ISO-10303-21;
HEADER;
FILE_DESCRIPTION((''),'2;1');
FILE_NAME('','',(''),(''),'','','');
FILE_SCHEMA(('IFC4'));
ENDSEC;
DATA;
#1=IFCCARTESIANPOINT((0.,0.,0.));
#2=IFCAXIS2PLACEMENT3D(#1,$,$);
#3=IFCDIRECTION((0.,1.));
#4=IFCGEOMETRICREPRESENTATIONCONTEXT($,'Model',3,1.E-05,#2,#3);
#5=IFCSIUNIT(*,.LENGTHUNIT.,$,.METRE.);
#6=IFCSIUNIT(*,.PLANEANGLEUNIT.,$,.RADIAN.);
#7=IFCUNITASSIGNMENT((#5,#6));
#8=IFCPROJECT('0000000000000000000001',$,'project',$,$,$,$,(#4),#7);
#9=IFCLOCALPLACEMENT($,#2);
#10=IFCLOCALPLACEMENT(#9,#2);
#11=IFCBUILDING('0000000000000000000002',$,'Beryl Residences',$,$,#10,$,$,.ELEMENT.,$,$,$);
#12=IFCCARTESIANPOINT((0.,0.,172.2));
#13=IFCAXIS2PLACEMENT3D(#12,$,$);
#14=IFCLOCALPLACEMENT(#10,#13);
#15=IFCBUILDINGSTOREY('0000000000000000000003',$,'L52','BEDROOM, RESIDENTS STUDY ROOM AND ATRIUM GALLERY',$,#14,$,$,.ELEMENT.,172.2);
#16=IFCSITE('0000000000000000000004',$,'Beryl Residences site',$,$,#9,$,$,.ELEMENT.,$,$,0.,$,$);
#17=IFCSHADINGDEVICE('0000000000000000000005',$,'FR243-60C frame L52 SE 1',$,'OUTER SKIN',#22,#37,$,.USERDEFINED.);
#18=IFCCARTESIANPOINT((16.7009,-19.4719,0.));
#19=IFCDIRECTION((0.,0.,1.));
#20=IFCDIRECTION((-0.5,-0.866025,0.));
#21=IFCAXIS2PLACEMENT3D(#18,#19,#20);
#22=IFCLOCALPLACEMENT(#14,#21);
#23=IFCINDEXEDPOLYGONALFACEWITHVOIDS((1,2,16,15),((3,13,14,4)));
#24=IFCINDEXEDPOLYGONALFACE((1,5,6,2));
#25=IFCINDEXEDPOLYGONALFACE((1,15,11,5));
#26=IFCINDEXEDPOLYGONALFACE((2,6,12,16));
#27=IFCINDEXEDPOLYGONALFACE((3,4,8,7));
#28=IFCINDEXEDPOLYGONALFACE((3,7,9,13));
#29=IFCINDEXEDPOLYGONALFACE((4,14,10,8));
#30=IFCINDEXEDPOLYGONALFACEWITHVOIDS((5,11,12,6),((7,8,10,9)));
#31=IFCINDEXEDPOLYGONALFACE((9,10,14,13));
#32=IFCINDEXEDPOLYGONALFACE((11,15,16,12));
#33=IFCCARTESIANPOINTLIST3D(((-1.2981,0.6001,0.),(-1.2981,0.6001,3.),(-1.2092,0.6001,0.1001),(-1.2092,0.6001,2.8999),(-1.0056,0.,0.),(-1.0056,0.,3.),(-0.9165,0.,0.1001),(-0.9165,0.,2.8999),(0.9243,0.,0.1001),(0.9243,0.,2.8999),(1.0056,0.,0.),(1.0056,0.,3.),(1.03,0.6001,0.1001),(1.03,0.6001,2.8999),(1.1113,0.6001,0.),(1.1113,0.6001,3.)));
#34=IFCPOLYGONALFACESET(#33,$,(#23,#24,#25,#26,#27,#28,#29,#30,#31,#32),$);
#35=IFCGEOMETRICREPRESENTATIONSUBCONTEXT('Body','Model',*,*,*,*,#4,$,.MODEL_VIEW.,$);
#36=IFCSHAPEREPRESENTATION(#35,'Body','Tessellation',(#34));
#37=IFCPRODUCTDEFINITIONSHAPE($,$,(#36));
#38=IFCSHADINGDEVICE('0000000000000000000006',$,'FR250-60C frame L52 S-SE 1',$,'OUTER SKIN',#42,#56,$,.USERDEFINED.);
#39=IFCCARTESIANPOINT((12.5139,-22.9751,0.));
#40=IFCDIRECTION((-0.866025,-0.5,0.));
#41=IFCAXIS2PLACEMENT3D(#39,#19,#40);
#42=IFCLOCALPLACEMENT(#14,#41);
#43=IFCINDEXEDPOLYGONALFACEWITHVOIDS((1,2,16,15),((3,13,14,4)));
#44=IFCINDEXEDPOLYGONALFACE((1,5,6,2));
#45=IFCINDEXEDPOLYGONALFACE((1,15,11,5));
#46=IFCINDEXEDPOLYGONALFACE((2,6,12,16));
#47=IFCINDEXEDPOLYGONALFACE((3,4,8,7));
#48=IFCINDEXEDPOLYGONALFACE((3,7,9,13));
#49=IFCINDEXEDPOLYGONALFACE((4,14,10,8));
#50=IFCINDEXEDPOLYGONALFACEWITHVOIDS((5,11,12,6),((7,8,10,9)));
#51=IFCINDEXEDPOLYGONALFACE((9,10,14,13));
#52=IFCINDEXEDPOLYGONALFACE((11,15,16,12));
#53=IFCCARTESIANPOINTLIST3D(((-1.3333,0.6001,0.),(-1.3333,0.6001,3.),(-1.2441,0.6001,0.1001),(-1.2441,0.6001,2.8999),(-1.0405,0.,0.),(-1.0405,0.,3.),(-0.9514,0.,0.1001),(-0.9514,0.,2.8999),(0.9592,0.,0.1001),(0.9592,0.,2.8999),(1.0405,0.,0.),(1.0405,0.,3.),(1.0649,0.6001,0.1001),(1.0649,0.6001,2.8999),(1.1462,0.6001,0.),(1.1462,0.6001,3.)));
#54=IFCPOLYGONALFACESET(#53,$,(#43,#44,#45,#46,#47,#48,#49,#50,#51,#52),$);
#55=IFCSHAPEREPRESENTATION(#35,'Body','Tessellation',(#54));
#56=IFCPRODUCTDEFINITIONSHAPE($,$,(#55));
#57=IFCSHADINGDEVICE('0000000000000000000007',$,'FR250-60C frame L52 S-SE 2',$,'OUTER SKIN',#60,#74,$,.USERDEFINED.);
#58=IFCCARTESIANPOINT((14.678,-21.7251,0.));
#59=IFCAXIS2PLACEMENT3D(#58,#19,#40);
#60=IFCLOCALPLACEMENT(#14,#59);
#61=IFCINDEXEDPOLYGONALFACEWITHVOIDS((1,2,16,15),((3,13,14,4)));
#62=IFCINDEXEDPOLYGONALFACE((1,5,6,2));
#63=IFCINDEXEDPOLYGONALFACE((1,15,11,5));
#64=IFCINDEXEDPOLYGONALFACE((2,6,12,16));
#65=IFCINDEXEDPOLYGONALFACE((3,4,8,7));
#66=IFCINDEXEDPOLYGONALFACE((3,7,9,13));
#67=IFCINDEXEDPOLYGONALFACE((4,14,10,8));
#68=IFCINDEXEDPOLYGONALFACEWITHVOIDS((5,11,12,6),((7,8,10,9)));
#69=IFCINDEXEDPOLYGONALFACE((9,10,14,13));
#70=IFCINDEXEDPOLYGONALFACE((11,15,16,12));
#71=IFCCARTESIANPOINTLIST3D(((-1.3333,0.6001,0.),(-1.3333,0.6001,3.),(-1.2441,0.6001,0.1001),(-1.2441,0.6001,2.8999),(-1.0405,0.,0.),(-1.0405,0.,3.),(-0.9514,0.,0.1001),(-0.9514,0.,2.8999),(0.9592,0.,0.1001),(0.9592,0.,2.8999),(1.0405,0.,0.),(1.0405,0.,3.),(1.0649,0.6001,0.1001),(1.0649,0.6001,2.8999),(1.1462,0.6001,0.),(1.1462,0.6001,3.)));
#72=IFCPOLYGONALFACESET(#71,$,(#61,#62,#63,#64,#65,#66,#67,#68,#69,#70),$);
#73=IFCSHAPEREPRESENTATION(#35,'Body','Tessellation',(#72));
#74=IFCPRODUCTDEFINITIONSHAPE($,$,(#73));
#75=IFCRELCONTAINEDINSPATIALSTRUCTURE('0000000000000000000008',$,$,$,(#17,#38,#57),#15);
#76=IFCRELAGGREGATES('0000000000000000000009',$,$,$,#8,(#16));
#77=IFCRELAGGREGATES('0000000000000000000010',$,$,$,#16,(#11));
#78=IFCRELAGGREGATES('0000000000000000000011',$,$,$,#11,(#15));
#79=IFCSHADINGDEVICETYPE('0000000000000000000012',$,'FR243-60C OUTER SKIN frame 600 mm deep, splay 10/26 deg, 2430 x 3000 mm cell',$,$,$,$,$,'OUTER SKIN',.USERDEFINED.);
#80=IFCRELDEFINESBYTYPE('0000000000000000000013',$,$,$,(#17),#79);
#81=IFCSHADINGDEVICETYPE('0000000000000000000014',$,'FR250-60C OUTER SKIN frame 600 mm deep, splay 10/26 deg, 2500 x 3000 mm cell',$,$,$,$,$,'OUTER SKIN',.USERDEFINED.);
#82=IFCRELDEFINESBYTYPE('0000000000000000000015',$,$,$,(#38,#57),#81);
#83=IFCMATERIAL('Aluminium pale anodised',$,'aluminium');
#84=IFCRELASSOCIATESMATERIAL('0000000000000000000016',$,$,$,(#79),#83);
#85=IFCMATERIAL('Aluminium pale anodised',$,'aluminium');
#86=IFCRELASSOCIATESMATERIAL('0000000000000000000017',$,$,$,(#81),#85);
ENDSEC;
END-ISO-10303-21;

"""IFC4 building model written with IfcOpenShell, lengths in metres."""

from ifc_helpers import new_model, entity, si_unit, direction, frame, origin, place, context, subcontext, project, spatial, source, transform, mapped, material, type_object, type_shapes, element, save


model = new_model("IFC4")

# Units and contexts
model_context = context("Model", 3, precision=1e-05, world=origin(), true_north=direction((0.0, 1.0)))
body_context = subcontext(model_context, "Body", "Model", "MODEL_VIEW")
ifc_project = project(units=[si_unit("LENGTHUNIT", "METRE"), si_unit("PLANEANGLEUNIT", "RADIAN")], contexts=[model_context])

# Site, building, storey
site_placement = place(None, origin())
site = spatial("IfcSite", under=ifc_project, at=site_placement, Name="Beryl Residences site", CompositionType="ELEMENT", RefElevation=0.0)
building_placement = place(site_placement, origin())
building = spatial("IfcBuilding", under=site, at=building_placement, Name="Beryl Residences", CompositionType="ELEMENT")
storey_placement = place(building_placement, frame((0.0, 0.0, 172.2)))
storey = spatial("IfcBuildingStorey", under=building, at=storey_placement, Name="L52", Description="BEDROOM, RESIDENTS STUDY ROOM AND ATRIUM GALLERY", CompositionType="ELEMENT", Elevation=172.2)

# Shading devices
ifc_material_1 = material(Name="Aluminium pale anodised", Category="aluminium")
shading_device_type_1 = type_object("IfcShadingDeviceType", Name="FR243-60C OUTER SKIN frame 600 mm deep, splay 10/26 deg, 2430 x 3000 mm cell", ElementType="OUTER SKIN", PredefinedType="USERDEFINED", material=ifc_material_1)
cartesian_point_1 = entity("IfcCartesianPoint", [-1.0056, 0.0])
cartesian_point_2 = entity("IfcCartesianPoint", [-0.9243, 0.1001])
cartesian_point_3 = entity("IfcCartesianPoint", [-1.1113, 0.0])
cartesian_point_4 = entity("IfcCartesianPoint", [-1.03, 0.1001])
shared_shape_1 = source(origin(), body_context, "Body", "SweptSolid", [
    entity("IfcExtrudedAreaSolidTapered", entity("IfcArbitraryProfileDefWithVoids", "AREA", None, entity("IfcPolyline", [cartesian_point_1, entity("IfcCartesianPoint", [1.0056, 0.0]), entity("IfcCartesianPoint", [1.0056, 3.0]), entity("IfcCartesianPoint", [-1.0056, 3.0]), cartesian_point_1]), [entity("IfcPolyline", [cartesian_point_2, entity("IfcCartesianPoint", [0.9165, 0.1001]), entity("IfcCartesianPoint", [0.9165, 2.8999]), entity("IfcCartesianPoint", [-0.9243, 2.8999]), cartesian_point_2])]), entity("IfcAxis2Placement3D", entity("IfcCartesianPoint", [0.0, 0.0, 0.0]), entity("IfcDirection", [0.0, 1.0, 0.0]), entity("IfcDirection", [-1.0, 0.0, 0.0])), entity("IfcDirection", [0.0, 0.0, 1.0]), 0.6001, entity("IfcArbitraryProfileDefWithVoids", "AREA", None, entity("IfcPolyline", [cartesian_point_3, entity("IfcCartesianPoint", [1.2981, 0.0]), entity("IfcCartesianPoint", [1.2981, 3.0]), entity("IfcCartesianPoint", [-1.1113, 3.0]), cartesian_point_3]), [entity("IfcPolyline", [cartesian_point_4, entity("IfcCartesianPoint", [1.2092, 0.1001]), entity("IfcCartesianPoint", [1.2092, 2.8999]), entity("IfcCartesianPoint", [-1.03, 2.8999]), cartesian_point_4])])),
])
type_shapes(shading_device_type_1, [shared_shape_1])
shading_device_placement = place(storey_placement, frame((16.7009, -19.4719, 0.0), z_axis=(0.0, 0.0, 1.0), x_axis=(-0.5, -0.866025, 0.0)))
element("IfcShadingDevice", 1, at=shading_device_placement, inside=storey, type_object=shading_device_type_1, Name="FR243-60C frame L52 SE 1", ObjectType="OUTER SKIN", PredefinedType="USERDEFINED", context=body_context, shape_type="MappedRepresentation", body=[
    mapped(shared_shape_1, transform((0.0, 0.0, 0.0))),
])
ifc_material_2 = material(Name="Aluminium pale anodised", Category="aluminium")
shading_device_type_2 = type_object("IfcShadingDeviceType", Name="FR250-60C OUTER SKIN frame 600 mm deep, splay 10/26 deg, 2500 x 3000 mm cell", ElementType="OUTER SKIN", PredefinedType="USERDEFINED", material=ifc_material_2)
cartesian_point_5 = entity("IfcCartesianPoint", [-1.0405, 0.0])
cartesian_point_6 = entity("IfcCartesianPoint", [-0.9592, 0.1001])
cartesian_point_7 = entity("IfcCartesianPoint", [-1.1462, 0.0])
cartesian_point_8 = entity("IfcCartesianPoint", [-1.0649, 0.1001])
shared_shape_2 = source(origin(), body_context, "Body", "SweptSolid", [
    entity("IfcExtrudedAreaSolidTapered", entity("IfcArbitraryProfileDefWithVoids", "AREA", None, entity("IfcPolyline", [cartesian_point_5, entity("IfcCartesianPoint", [1.0405, 0.0]), entity("IfcCartesianPoint", [1.0405, 3.0]), entity("IfcCartesianPoint", [-1.0405, 3.0]), cartesian_point_5]), [entity("IfcPolyline", [cartesian_point_6, entity("IfcCartesianPoint", [0.9514, 0.1001]), entity("IfcCartesianPoint", [0.9514, 2.8999]), entity("IfcCartesianPoint", [-0.9592, 2.8999]), cartesian_point_6])]), entity("IfcAxis2Placement3D", entity("IfcCartesianPoint", [0.0, 0.0, 0.0]), entity("IfcDirection", [0.0, 1.0, 0.0]), entity("IfcDirection", [-1.0, 0.0, 0.0])), entity("IfcDirection", [0.0, 0.0, 1.0]), 0.6001, entity("IfcArbitraryProfileDefWithVoids", "AREA", None, entity("IfcPolyline", [cartesian_point_7, entity("IfcCartesianPoint", [1.3333, 0.0]), entity("IfcCartesianPoint", [1.3333, 3.0]), entity("IfcCartesianPoint", [-1.1462, 3.0]), cartesian_point_7]), [entity("IfcPolyline", [cartesian_point_8, entity("IfcCartesianPoint", [1.2441, 0.1001]), entity("IfcCartesianPoint", [1.2441, 2.8999]), entity("IfcCartesianPoint", [-1.0649, 2.8999]), cartesian_point_8])])),
])
type_shapes(shading_device_type_2, [shared_shape_2])
for number, where, z_axis, x_axis, name in (
    (2, (12.5139, -22.9751, 0.0), (0.0, 0.0, 1.0), (-0.866025, -0.5, 0.0), "FR250-60C frame L52 S-SE 1"),
    (3, (14.678, -21.7251, 0.0), (0.0, 0.0, 1.0), (-0.866025, -0.5, 0.0), "FR250-60C frame L52 S-SE 2"),
):
    element("IfcShadingDevice", number, at=place(storey_placement, frame(where, z_axis=z_axis, x_axis=x_axis)), inside=storey, type_object=shading_device_type_2, Name=name, ObjectType="OUTER SKIN", PredefinedType="USERDEFINED", context=body_context, shape_type="MappedRepresentation", body=[
        mapped(shared_shape_2, transform((0.0, 0.0, 0.0))),
    ])

save(model, "model.ifc")
